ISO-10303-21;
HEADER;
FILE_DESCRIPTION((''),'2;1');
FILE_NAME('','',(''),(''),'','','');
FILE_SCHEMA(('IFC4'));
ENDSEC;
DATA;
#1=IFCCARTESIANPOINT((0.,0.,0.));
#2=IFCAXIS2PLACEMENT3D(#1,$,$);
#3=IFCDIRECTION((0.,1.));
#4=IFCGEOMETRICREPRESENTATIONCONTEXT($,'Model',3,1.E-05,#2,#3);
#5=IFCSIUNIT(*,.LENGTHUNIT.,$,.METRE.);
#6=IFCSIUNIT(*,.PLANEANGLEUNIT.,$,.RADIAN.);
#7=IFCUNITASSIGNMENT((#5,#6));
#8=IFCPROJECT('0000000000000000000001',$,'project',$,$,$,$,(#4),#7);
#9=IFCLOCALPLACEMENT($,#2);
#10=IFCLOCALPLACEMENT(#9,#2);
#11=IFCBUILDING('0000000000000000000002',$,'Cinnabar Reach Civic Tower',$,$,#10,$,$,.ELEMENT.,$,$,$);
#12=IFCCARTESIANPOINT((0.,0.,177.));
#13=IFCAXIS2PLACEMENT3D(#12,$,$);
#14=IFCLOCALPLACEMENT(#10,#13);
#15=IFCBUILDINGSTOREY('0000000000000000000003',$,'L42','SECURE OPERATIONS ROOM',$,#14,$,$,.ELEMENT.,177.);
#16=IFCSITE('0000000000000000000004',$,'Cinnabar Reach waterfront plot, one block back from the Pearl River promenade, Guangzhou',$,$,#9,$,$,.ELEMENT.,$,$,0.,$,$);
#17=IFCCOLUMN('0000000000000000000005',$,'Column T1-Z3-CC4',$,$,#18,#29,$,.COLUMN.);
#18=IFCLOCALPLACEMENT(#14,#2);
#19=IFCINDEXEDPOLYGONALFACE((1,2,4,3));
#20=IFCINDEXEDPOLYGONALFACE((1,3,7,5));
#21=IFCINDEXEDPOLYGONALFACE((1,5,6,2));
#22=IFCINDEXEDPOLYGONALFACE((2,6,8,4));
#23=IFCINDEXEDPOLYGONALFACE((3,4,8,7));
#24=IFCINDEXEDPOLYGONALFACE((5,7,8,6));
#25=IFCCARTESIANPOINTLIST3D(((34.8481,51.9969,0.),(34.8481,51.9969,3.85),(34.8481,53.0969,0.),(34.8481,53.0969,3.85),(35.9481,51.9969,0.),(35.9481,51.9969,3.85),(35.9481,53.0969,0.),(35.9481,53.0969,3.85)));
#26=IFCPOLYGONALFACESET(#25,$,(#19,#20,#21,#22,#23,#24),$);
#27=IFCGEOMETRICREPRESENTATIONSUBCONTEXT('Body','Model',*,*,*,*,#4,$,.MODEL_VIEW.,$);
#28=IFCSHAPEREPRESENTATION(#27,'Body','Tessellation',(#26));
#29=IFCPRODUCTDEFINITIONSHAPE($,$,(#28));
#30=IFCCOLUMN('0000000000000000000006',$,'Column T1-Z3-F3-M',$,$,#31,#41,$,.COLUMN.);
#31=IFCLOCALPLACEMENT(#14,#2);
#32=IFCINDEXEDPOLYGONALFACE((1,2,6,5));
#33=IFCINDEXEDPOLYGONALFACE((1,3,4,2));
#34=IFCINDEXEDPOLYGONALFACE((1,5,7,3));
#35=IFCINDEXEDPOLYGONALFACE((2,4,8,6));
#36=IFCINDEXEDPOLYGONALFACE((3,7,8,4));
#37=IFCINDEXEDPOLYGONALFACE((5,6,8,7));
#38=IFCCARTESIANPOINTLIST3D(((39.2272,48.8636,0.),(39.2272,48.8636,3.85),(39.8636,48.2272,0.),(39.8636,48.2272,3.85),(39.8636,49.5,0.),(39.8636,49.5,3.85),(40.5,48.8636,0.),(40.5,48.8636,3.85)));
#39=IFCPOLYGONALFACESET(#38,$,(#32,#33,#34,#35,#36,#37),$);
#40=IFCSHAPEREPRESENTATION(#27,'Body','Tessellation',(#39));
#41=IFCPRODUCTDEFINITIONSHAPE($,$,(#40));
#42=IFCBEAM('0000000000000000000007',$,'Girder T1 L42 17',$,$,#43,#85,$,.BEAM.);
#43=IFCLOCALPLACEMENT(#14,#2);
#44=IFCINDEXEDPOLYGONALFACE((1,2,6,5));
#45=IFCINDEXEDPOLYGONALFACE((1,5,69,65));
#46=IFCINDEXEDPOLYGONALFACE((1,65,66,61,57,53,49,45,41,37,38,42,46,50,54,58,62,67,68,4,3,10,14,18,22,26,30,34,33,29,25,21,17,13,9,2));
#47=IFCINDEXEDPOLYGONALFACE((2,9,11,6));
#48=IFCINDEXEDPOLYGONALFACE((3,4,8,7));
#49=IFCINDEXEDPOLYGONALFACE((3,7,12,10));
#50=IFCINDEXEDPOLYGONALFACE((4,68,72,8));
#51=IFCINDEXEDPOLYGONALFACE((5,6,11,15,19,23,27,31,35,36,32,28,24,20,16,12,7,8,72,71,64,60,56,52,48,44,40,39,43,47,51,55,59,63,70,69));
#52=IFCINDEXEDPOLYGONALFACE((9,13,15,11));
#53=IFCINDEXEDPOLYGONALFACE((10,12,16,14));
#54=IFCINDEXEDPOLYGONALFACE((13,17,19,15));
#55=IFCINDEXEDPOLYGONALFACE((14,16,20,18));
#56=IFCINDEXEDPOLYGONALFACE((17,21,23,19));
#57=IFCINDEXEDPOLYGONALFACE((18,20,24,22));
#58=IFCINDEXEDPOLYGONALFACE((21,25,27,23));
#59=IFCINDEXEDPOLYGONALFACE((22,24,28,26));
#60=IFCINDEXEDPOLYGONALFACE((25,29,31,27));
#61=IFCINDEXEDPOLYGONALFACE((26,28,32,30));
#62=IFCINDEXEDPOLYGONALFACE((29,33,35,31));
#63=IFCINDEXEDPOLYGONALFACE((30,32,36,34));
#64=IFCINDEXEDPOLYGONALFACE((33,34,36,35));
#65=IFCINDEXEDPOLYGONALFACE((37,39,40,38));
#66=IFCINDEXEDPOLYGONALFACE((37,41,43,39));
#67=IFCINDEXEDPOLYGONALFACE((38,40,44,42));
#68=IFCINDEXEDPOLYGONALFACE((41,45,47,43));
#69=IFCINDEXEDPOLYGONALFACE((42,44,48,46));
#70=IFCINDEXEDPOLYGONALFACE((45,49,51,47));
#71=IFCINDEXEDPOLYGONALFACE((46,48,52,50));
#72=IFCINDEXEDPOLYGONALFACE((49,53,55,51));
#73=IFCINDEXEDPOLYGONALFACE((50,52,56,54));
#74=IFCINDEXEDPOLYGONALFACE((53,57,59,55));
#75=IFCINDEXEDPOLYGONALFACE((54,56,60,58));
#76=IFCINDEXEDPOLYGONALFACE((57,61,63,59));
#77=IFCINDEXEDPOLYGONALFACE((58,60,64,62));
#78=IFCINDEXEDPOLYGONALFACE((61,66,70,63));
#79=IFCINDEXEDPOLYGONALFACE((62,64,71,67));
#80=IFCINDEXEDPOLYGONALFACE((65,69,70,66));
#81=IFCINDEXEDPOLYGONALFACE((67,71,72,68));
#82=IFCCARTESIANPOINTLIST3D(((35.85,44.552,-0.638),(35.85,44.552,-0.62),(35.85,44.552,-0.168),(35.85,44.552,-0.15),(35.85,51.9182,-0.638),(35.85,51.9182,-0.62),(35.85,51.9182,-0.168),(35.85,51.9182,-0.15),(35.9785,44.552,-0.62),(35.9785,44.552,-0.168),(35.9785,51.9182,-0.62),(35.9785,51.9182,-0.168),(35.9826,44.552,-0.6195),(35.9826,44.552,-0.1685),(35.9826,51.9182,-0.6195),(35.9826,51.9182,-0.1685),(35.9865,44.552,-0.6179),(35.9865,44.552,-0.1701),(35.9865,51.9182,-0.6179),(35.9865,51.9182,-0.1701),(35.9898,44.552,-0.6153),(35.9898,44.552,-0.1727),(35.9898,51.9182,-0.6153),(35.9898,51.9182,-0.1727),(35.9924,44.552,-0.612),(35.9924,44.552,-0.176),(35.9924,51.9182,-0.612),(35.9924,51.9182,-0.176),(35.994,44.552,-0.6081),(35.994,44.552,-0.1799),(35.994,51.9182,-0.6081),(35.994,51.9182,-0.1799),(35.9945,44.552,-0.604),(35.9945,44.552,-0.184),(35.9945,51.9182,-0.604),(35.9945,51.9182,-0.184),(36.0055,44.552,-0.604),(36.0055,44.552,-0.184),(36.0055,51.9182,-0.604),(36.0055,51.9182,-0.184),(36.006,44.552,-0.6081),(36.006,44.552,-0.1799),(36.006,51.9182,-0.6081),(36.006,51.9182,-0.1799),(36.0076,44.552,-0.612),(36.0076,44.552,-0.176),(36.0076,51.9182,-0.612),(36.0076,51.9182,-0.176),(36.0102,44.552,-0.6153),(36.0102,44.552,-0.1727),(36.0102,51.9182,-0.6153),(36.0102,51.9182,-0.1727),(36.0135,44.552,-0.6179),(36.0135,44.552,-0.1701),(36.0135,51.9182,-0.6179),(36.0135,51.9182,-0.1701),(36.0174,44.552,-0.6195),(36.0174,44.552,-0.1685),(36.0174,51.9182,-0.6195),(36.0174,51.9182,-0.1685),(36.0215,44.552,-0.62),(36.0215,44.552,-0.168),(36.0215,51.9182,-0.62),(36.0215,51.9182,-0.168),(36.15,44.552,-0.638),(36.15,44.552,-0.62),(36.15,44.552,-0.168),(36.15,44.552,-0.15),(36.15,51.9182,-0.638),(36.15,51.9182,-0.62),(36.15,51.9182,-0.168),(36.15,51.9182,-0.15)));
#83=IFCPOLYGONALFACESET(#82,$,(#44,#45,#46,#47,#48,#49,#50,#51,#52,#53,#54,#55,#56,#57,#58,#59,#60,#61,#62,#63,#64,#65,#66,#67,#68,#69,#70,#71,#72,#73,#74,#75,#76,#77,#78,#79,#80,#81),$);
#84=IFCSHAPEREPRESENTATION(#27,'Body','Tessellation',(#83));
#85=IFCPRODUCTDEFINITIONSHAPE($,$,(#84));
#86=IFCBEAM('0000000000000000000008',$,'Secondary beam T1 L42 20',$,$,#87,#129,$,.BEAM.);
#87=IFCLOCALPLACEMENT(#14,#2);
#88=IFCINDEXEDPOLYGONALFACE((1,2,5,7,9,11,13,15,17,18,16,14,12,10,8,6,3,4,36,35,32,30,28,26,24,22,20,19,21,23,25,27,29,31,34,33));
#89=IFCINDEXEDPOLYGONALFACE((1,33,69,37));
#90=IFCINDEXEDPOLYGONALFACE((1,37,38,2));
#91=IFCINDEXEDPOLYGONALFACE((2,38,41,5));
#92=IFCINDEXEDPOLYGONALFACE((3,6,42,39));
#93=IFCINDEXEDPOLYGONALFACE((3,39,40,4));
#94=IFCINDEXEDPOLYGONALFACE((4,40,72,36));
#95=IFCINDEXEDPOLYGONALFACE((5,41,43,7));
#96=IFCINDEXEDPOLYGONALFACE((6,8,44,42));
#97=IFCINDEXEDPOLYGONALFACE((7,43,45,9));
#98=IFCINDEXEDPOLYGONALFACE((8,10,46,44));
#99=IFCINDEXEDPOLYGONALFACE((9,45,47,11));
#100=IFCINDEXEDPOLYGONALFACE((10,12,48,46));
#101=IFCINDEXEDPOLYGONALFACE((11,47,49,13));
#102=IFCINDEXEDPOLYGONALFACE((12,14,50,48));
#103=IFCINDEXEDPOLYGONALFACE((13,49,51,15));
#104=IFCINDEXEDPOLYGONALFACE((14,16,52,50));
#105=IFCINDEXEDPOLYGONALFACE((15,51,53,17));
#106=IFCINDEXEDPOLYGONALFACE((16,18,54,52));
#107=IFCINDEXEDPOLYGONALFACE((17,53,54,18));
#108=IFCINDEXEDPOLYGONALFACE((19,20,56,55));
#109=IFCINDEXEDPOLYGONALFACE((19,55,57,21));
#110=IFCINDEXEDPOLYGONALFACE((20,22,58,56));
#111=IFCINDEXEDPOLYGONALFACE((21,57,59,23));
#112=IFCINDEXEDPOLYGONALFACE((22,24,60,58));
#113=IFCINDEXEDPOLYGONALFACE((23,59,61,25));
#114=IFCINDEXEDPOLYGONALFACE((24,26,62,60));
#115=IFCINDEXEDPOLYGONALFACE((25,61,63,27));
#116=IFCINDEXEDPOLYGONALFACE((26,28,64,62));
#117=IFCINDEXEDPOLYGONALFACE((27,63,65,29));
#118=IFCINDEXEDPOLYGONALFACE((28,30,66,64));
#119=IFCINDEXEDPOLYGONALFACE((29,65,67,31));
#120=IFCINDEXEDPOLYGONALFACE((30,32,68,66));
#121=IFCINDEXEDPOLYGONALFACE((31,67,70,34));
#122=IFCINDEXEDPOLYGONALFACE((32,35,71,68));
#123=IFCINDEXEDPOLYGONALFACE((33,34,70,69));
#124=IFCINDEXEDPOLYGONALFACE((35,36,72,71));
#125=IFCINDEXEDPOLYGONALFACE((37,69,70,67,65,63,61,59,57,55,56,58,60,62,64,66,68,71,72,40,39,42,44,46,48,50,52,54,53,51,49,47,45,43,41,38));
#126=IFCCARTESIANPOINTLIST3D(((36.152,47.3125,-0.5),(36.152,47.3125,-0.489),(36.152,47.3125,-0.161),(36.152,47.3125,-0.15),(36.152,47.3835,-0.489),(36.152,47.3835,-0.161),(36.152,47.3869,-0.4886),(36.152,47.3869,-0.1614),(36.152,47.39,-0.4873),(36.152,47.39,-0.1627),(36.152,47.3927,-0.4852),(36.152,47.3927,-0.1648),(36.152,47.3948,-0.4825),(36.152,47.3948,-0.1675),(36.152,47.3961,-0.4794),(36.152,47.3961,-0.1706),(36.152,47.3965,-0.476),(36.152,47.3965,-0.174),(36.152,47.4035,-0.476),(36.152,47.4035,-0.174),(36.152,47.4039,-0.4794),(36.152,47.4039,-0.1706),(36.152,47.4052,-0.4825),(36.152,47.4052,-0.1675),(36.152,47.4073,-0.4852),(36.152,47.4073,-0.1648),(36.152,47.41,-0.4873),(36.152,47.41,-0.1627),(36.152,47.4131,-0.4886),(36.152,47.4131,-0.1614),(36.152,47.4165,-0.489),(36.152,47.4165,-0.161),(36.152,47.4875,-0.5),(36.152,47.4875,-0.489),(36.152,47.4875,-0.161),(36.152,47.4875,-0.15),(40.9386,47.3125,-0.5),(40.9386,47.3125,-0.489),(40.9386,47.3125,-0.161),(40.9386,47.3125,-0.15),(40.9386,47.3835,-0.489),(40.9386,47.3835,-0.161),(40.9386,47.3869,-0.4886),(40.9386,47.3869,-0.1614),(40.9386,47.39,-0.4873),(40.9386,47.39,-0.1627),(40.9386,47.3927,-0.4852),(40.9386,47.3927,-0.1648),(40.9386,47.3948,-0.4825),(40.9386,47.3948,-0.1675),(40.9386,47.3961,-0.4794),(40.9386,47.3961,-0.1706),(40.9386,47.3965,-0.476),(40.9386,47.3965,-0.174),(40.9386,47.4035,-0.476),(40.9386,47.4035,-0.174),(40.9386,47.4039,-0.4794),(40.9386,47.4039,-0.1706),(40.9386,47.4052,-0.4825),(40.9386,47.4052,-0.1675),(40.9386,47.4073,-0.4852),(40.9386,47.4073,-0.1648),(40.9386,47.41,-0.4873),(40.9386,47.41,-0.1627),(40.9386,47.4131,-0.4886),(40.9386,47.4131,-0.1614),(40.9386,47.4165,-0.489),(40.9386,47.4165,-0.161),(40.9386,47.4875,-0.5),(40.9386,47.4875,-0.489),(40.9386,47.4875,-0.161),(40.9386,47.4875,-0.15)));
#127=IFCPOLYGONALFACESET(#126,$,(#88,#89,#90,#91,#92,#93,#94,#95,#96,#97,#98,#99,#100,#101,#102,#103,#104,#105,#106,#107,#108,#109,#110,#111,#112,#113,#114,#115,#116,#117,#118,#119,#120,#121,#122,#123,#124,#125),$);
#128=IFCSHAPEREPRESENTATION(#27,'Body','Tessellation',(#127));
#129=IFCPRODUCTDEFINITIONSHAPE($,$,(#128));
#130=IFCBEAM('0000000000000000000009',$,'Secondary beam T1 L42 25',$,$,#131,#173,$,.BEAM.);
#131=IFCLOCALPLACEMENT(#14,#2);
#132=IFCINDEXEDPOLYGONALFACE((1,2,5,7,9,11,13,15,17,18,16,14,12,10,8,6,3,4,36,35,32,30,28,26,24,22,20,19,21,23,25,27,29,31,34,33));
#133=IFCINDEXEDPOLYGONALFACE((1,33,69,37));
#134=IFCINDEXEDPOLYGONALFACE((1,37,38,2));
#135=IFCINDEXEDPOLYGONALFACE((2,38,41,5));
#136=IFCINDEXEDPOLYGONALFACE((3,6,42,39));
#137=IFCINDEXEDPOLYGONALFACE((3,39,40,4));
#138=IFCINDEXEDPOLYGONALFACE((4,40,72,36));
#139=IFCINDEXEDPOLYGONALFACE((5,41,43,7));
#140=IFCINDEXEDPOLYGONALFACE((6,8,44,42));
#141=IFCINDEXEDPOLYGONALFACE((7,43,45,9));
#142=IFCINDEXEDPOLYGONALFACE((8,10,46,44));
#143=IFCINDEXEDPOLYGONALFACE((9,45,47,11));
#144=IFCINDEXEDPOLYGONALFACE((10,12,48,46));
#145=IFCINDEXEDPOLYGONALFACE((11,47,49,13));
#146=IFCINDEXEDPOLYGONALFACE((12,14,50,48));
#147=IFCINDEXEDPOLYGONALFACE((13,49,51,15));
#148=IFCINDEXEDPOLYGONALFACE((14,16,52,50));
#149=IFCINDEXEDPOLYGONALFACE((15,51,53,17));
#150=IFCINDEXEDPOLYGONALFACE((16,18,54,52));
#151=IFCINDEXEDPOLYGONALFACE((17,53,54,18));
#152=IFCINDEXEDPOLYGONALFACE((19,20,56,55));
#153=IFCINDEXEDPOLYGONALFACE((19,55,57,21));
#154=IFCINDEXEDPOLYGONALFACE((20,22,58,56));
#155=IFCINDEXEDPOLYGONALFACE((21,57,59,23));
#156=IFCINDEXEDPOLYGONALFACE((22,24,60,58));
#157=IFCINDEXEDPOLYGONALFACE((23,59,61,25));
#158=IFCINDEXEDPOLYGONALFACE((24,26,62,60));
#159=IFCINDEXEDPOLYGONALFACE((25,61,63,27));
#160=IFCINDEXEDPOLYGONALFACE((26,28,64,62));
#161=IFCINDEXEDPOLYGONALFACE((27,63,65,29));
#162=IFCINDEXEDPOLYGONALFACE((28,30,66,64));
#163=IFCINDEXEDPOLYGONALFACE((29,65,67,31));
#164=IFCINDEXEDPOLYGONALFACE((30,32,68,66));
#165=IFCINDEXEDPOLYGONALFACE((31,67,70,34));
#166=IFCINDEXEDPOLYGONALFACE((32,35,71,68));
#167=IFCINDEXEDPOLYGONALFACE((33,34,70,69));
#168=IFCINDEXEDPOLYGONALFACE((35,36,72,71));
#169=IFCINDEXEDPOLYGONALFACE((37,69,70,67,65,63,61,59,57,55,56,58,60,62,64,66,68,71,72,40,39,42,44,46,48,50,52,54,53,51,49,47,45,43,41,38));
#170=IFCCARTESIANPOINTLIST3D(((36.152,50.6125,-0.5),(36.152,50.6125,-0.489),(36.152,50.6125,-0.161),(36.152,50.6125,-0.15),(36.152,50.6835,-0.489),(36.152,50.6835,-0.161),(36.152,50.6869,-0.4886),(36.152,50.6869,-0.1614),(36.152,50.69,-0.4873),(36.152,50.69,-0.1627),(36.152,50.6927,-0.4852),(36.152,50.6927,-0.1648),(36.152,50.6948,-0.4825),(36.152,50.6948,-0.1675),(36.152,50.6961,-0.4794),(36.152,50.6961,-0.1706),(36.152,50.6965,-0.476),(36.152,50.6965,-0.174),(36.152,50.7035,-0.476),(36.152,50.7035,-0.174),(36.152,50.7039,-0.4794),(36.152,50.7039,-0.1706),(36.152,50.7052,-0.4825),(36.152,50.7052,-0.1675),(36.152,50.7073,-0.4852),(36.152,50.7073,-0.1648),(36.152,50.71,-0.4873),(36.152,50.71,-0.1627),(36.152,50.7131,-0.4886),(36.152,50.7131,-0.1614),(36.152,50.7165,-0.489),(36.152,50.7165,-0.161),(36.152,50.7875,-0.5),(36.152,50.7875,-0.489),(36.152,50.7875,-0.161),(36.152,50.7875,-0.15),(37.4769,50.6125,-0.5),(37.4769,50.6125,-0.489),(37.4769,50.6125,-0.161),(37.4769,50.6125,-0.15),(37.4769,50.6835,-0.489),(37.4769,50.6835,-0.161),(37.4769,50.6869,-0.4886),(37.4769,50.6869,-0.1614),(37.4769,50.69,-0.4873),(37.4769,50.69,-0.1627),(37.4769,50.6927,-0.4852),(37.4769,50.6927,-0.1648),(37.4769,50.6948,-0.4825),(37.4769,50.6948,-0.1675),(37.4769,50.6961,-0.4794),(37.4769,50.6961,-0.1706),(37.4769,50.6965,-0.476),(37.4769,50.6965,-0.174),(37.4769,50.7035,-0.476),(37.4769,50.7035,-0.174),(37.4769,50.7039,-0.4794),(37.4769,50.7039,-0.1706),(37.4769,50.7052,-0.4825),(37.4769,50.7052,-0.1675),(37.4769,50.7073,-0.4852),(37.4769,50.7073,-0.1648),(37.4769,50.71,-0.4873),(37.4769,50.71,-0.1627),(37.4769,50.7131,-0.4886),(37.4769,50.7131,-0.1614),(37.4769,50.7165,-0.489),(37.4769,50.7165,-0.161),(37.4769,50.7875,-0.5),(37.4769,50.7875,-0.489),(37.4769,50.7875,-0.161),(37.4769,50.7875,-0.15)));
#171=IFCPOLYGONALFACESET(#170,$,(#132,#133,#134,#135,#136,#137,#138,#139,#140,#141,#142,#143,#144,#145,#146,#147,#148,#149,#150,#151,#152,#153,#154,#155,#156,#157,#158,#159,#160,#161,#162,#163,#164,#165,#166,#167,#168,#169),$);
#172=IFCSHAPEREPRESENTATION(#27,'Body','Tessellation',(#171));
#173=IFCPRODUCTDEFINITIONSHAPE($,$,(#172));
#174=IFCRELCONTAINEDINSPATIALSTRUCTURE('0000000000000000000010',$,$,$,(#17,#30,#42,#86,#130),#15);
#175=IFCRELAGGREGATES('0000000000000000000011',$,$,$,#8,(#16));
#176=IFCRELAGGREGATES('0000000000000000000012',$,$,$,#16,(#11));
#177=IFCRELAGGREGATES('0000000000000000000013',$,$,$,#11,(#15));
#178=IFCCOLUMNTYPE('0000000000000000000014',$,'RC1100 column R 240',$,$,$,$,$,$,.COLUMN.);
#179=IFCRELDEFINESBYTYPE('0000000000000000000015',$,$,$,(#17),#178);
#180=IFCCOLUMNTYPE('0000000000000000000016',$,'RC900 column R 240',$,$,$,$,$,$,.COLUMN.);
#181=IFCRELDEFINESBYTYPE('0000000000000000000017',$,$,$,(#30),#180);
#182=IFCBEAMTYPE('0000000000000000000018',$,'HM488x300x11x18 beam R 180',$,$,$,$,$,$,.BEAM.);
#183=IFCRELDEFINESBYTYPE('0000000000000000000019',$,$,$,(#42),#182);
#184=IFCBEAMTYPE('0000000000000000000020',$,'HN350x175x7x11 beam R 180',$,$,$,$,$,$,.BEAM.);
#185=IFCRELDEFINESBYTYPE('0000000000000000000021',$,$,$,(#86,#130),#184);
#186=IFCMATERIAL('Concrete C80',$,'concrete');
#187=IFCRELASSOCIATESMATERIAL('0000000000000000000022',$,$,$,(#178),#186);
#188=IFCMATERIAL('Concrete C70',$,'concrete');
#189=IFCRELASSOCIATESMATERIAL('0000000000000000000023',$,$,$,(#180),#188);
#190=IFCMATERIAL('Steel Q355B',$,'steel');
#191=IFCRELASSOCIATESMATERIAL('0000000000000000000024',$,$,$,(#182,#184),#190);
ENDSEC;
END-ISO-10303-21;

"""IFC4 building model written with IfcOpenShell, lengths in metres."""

from ifc_helpers import new_model, si_unit, direction, frame, origin, origin_2d, place, context, subcontext, project, spatial, rectangle, i_section, extrude, material, material_profile, profile_set, type_object, element, save


model = new_model("IFC4")

# Units and contexts
model_context = context("Model", 3, precision=1e-05, world=origin(), true_north=direction((0.0, 1.0)))
body_context = subcontext(model_context, "Body", "Model", "MODEL_VIEW")
ifc_project = project(units=[si_unit("LENGTHUNIT", "METRE"), si_unit("PLANEANGLEUNIT", "RADIAN")], contexts=[model_context])

# Site, building, storey
site_placement = place(None, origin())
site = spatial("IfcSite", under=ifc_project, at=site_placement, Name="Cinnabar Reach waterfront plot, one block back from the Pearl River promenade, Guangzhou", CompositionType="ELEMENT", RefElevation=0.0)
building_placement = place(site_placement, origin())
building = spatial("IfcBuilding", under=site, at=building_placement, Name="Cinnabar Reach Civic Tower", CompositionType="ELEMENT")
storey_placement = place(building_placement, frame((0.0, 0.0, 177.0)))
storey = spatial("IfcBuildingStorey", under=building, at=storey_placement, Name="L42", Description="SECURE OPERATIONS ROOM", CompositionType="ELEMENT", Elevation=177.0)

# Columns
ifc_material_1 = material(Name="Concrete C80", Category="concrete")
ifc_material_profile_1 = material_profile(ifc_material_1, rectangle(XDim=1.1, YDim=1.1, at=origin_2d()), Name="RC1100")
ifc_profile_set_1 = profile_set([ifc_material_profile_1], Name="Concrete C80")
column_type_1 = type_object("IfcColumnType", Name="RC1100 column R 240", PredefinedType="COLUMN", material=ifc_profile_set_1)
column_1_placement = place(storey_placement, frame((35.3981, 52.5469, 0.0), z_axis=(0.0, 0.0, 1.0), x_axis=(1.0, 0.0, 0.0)))
element("IfcColumn", 1, at=column_1_placement, inside=storey, type_object=column_type_1, Name="Column T1-Z3-CC4", PredefinedType="COLUMN", context=body_context, shape_type="SweptSolid", body=[
    extrude(rectangle(XDim=1.1, YDim=1.1, at=origin_2d()), origin(), (0.0, 0.0, 1.0), 3.85),
])
ifc_material_2 = material(Name="Concrete C70", Category="concrete")
ifc_material_profile_2 = material_profile(ifc_material_2, rectangle(XDim=0.9, YDim=0.9, at=origin_2d()), Name="RC900")
ifc_profile_set_2 = profile_set([ifc_material_profile_2], Name="Concrete C70")
column_type_2 = type_object("IfcColumnType", Name="RC900 column R 240", PredefinedType="COLUMN", material=ifc_profile_set_2)
column_2_placement = place(storey_placement, frame((39.8636, 48.8636, 0.0), z_axis=(0.0, 0.0, 1.0), x_axis=(0.707107, 0.707107, 0.0)))
element("IfcColumn", 2, at=column_2_placement, inside=storey, type_object=column_type_2, Name="Column T1-Z3-F3-M", PredefinedType="COLUMN", context=body_context, shape_type="SweptSolid", body=[
    extrude(rectangle(XDim=0.9, YDim=0.9, at=origin_2d()), origin(), (0.0, 0.0, 1.0), 3.85),
])

# Beams
ifc_material_3 = material(Name="Steel Q355B", Category="steel")
ifc_material_profile_3 = material_profile(ifc_material_3, i_section(OverallWidth=0.3, OverallDepth=0.488, WebThickness=0.011, FlangeThickness=0.018, FilletRadius=0.016, at=origin_2d()), Name="HM488x300x11x18")
ifc_profile_set_3 = profile_set([ifc_material_profile_3], Name="Steel Q355B")
beam_type_1 = type_object("IfcBeamType", Name="HM488x300x11x18 beam R 180", PredefinedType="BEAM", material=ifc_profile_set_3)
beam_1_placement = place(storey_placement, frame((36.0, 44.552, -0.394), z_axis=(0.0, 1.0, 0.0), x_axis=(-1.0, 0.0, 0.0)))
element("IfcBeam", 3, at=beam_1_placement, inside=storey, type_object=beam_type_1, Name="Girder T1 L42 17", PredefinedType="BEAM", context=body_context, shape_type="SweptSolid", body=[
    extrude(i_section(OverallWidth=0.3, OverallDepth=0.488, WebThickness=0.011, FlangeThickness=0.018, FilletRadius=0.016, at=origin_2d()), origin(), (0.0, 0.0, 1.0), 7.3662),
])
ifc_material_profile_4 = material_profile(ifc_material_3, i_section(OverallWidth=0.175, OverallDepth=0.35, WebThickness=0.007, FlangeThickness=0.011, FilletRadius=0.013, at=origin_2d()), Name="HN350x175x7x11")
ifc_profile_set_4 = profile_set([ifc_material_profile_4], Name="Steel Q355B")
beam_type_2 = type_object("IfcBeamType", Name="HN350x175x7x11 beam R 180", PredefinedType="BEAM", material=ifc_profile_set_4)
beam_2_placement = place(storey_placement, frame((36.152, 47.4, -0.325), z_axis=(1.0, 0.0, 0.0), x_axis=(0.0, 1.0, 0.0)))
element("IfcBeam", 4, at=beam_2_placement, inside=storey, type_object=beam_type_2, Name="Secondary beam T1 L42 20", PredefinedType="BEAM", context=body_context, shape_type="SweptSolid", body=[
    extrude(i_section(OverallWidth=0.175, OverallDepth=0.35, WebThickness=0.007, FlangeThickness=0.011, FilletRadius=0.013, at=origin_2d()), origin(), (0.0, 0.0, 1.0), 4.7866),
])
beam_3_placement = place(storey_placement, frame((36.152, 50.7, -0.325), z_axis=(1.0, 0.0, 0.0), x_axis=(0.0, 1.0, 0.0)))
element("IfcBeam", 5, at=beam_3_placement, inside=storey, type_object=beam_type_2, Name="Secondary beam T1 L42 25", PredefinedType="BEAM", context=body_context, shape_type="SweptSolid", body=[
    extrude(i_section(OverallWidth=0.175, OverallDepth=0.35, WebThickness=0.007, FlangeThickness=0.011, FilletRadius=0.013, at=origin_2d()), origin(), (0.0, 0.0, 1.0), 1.3249),
])

save(model, "model.ifc")
